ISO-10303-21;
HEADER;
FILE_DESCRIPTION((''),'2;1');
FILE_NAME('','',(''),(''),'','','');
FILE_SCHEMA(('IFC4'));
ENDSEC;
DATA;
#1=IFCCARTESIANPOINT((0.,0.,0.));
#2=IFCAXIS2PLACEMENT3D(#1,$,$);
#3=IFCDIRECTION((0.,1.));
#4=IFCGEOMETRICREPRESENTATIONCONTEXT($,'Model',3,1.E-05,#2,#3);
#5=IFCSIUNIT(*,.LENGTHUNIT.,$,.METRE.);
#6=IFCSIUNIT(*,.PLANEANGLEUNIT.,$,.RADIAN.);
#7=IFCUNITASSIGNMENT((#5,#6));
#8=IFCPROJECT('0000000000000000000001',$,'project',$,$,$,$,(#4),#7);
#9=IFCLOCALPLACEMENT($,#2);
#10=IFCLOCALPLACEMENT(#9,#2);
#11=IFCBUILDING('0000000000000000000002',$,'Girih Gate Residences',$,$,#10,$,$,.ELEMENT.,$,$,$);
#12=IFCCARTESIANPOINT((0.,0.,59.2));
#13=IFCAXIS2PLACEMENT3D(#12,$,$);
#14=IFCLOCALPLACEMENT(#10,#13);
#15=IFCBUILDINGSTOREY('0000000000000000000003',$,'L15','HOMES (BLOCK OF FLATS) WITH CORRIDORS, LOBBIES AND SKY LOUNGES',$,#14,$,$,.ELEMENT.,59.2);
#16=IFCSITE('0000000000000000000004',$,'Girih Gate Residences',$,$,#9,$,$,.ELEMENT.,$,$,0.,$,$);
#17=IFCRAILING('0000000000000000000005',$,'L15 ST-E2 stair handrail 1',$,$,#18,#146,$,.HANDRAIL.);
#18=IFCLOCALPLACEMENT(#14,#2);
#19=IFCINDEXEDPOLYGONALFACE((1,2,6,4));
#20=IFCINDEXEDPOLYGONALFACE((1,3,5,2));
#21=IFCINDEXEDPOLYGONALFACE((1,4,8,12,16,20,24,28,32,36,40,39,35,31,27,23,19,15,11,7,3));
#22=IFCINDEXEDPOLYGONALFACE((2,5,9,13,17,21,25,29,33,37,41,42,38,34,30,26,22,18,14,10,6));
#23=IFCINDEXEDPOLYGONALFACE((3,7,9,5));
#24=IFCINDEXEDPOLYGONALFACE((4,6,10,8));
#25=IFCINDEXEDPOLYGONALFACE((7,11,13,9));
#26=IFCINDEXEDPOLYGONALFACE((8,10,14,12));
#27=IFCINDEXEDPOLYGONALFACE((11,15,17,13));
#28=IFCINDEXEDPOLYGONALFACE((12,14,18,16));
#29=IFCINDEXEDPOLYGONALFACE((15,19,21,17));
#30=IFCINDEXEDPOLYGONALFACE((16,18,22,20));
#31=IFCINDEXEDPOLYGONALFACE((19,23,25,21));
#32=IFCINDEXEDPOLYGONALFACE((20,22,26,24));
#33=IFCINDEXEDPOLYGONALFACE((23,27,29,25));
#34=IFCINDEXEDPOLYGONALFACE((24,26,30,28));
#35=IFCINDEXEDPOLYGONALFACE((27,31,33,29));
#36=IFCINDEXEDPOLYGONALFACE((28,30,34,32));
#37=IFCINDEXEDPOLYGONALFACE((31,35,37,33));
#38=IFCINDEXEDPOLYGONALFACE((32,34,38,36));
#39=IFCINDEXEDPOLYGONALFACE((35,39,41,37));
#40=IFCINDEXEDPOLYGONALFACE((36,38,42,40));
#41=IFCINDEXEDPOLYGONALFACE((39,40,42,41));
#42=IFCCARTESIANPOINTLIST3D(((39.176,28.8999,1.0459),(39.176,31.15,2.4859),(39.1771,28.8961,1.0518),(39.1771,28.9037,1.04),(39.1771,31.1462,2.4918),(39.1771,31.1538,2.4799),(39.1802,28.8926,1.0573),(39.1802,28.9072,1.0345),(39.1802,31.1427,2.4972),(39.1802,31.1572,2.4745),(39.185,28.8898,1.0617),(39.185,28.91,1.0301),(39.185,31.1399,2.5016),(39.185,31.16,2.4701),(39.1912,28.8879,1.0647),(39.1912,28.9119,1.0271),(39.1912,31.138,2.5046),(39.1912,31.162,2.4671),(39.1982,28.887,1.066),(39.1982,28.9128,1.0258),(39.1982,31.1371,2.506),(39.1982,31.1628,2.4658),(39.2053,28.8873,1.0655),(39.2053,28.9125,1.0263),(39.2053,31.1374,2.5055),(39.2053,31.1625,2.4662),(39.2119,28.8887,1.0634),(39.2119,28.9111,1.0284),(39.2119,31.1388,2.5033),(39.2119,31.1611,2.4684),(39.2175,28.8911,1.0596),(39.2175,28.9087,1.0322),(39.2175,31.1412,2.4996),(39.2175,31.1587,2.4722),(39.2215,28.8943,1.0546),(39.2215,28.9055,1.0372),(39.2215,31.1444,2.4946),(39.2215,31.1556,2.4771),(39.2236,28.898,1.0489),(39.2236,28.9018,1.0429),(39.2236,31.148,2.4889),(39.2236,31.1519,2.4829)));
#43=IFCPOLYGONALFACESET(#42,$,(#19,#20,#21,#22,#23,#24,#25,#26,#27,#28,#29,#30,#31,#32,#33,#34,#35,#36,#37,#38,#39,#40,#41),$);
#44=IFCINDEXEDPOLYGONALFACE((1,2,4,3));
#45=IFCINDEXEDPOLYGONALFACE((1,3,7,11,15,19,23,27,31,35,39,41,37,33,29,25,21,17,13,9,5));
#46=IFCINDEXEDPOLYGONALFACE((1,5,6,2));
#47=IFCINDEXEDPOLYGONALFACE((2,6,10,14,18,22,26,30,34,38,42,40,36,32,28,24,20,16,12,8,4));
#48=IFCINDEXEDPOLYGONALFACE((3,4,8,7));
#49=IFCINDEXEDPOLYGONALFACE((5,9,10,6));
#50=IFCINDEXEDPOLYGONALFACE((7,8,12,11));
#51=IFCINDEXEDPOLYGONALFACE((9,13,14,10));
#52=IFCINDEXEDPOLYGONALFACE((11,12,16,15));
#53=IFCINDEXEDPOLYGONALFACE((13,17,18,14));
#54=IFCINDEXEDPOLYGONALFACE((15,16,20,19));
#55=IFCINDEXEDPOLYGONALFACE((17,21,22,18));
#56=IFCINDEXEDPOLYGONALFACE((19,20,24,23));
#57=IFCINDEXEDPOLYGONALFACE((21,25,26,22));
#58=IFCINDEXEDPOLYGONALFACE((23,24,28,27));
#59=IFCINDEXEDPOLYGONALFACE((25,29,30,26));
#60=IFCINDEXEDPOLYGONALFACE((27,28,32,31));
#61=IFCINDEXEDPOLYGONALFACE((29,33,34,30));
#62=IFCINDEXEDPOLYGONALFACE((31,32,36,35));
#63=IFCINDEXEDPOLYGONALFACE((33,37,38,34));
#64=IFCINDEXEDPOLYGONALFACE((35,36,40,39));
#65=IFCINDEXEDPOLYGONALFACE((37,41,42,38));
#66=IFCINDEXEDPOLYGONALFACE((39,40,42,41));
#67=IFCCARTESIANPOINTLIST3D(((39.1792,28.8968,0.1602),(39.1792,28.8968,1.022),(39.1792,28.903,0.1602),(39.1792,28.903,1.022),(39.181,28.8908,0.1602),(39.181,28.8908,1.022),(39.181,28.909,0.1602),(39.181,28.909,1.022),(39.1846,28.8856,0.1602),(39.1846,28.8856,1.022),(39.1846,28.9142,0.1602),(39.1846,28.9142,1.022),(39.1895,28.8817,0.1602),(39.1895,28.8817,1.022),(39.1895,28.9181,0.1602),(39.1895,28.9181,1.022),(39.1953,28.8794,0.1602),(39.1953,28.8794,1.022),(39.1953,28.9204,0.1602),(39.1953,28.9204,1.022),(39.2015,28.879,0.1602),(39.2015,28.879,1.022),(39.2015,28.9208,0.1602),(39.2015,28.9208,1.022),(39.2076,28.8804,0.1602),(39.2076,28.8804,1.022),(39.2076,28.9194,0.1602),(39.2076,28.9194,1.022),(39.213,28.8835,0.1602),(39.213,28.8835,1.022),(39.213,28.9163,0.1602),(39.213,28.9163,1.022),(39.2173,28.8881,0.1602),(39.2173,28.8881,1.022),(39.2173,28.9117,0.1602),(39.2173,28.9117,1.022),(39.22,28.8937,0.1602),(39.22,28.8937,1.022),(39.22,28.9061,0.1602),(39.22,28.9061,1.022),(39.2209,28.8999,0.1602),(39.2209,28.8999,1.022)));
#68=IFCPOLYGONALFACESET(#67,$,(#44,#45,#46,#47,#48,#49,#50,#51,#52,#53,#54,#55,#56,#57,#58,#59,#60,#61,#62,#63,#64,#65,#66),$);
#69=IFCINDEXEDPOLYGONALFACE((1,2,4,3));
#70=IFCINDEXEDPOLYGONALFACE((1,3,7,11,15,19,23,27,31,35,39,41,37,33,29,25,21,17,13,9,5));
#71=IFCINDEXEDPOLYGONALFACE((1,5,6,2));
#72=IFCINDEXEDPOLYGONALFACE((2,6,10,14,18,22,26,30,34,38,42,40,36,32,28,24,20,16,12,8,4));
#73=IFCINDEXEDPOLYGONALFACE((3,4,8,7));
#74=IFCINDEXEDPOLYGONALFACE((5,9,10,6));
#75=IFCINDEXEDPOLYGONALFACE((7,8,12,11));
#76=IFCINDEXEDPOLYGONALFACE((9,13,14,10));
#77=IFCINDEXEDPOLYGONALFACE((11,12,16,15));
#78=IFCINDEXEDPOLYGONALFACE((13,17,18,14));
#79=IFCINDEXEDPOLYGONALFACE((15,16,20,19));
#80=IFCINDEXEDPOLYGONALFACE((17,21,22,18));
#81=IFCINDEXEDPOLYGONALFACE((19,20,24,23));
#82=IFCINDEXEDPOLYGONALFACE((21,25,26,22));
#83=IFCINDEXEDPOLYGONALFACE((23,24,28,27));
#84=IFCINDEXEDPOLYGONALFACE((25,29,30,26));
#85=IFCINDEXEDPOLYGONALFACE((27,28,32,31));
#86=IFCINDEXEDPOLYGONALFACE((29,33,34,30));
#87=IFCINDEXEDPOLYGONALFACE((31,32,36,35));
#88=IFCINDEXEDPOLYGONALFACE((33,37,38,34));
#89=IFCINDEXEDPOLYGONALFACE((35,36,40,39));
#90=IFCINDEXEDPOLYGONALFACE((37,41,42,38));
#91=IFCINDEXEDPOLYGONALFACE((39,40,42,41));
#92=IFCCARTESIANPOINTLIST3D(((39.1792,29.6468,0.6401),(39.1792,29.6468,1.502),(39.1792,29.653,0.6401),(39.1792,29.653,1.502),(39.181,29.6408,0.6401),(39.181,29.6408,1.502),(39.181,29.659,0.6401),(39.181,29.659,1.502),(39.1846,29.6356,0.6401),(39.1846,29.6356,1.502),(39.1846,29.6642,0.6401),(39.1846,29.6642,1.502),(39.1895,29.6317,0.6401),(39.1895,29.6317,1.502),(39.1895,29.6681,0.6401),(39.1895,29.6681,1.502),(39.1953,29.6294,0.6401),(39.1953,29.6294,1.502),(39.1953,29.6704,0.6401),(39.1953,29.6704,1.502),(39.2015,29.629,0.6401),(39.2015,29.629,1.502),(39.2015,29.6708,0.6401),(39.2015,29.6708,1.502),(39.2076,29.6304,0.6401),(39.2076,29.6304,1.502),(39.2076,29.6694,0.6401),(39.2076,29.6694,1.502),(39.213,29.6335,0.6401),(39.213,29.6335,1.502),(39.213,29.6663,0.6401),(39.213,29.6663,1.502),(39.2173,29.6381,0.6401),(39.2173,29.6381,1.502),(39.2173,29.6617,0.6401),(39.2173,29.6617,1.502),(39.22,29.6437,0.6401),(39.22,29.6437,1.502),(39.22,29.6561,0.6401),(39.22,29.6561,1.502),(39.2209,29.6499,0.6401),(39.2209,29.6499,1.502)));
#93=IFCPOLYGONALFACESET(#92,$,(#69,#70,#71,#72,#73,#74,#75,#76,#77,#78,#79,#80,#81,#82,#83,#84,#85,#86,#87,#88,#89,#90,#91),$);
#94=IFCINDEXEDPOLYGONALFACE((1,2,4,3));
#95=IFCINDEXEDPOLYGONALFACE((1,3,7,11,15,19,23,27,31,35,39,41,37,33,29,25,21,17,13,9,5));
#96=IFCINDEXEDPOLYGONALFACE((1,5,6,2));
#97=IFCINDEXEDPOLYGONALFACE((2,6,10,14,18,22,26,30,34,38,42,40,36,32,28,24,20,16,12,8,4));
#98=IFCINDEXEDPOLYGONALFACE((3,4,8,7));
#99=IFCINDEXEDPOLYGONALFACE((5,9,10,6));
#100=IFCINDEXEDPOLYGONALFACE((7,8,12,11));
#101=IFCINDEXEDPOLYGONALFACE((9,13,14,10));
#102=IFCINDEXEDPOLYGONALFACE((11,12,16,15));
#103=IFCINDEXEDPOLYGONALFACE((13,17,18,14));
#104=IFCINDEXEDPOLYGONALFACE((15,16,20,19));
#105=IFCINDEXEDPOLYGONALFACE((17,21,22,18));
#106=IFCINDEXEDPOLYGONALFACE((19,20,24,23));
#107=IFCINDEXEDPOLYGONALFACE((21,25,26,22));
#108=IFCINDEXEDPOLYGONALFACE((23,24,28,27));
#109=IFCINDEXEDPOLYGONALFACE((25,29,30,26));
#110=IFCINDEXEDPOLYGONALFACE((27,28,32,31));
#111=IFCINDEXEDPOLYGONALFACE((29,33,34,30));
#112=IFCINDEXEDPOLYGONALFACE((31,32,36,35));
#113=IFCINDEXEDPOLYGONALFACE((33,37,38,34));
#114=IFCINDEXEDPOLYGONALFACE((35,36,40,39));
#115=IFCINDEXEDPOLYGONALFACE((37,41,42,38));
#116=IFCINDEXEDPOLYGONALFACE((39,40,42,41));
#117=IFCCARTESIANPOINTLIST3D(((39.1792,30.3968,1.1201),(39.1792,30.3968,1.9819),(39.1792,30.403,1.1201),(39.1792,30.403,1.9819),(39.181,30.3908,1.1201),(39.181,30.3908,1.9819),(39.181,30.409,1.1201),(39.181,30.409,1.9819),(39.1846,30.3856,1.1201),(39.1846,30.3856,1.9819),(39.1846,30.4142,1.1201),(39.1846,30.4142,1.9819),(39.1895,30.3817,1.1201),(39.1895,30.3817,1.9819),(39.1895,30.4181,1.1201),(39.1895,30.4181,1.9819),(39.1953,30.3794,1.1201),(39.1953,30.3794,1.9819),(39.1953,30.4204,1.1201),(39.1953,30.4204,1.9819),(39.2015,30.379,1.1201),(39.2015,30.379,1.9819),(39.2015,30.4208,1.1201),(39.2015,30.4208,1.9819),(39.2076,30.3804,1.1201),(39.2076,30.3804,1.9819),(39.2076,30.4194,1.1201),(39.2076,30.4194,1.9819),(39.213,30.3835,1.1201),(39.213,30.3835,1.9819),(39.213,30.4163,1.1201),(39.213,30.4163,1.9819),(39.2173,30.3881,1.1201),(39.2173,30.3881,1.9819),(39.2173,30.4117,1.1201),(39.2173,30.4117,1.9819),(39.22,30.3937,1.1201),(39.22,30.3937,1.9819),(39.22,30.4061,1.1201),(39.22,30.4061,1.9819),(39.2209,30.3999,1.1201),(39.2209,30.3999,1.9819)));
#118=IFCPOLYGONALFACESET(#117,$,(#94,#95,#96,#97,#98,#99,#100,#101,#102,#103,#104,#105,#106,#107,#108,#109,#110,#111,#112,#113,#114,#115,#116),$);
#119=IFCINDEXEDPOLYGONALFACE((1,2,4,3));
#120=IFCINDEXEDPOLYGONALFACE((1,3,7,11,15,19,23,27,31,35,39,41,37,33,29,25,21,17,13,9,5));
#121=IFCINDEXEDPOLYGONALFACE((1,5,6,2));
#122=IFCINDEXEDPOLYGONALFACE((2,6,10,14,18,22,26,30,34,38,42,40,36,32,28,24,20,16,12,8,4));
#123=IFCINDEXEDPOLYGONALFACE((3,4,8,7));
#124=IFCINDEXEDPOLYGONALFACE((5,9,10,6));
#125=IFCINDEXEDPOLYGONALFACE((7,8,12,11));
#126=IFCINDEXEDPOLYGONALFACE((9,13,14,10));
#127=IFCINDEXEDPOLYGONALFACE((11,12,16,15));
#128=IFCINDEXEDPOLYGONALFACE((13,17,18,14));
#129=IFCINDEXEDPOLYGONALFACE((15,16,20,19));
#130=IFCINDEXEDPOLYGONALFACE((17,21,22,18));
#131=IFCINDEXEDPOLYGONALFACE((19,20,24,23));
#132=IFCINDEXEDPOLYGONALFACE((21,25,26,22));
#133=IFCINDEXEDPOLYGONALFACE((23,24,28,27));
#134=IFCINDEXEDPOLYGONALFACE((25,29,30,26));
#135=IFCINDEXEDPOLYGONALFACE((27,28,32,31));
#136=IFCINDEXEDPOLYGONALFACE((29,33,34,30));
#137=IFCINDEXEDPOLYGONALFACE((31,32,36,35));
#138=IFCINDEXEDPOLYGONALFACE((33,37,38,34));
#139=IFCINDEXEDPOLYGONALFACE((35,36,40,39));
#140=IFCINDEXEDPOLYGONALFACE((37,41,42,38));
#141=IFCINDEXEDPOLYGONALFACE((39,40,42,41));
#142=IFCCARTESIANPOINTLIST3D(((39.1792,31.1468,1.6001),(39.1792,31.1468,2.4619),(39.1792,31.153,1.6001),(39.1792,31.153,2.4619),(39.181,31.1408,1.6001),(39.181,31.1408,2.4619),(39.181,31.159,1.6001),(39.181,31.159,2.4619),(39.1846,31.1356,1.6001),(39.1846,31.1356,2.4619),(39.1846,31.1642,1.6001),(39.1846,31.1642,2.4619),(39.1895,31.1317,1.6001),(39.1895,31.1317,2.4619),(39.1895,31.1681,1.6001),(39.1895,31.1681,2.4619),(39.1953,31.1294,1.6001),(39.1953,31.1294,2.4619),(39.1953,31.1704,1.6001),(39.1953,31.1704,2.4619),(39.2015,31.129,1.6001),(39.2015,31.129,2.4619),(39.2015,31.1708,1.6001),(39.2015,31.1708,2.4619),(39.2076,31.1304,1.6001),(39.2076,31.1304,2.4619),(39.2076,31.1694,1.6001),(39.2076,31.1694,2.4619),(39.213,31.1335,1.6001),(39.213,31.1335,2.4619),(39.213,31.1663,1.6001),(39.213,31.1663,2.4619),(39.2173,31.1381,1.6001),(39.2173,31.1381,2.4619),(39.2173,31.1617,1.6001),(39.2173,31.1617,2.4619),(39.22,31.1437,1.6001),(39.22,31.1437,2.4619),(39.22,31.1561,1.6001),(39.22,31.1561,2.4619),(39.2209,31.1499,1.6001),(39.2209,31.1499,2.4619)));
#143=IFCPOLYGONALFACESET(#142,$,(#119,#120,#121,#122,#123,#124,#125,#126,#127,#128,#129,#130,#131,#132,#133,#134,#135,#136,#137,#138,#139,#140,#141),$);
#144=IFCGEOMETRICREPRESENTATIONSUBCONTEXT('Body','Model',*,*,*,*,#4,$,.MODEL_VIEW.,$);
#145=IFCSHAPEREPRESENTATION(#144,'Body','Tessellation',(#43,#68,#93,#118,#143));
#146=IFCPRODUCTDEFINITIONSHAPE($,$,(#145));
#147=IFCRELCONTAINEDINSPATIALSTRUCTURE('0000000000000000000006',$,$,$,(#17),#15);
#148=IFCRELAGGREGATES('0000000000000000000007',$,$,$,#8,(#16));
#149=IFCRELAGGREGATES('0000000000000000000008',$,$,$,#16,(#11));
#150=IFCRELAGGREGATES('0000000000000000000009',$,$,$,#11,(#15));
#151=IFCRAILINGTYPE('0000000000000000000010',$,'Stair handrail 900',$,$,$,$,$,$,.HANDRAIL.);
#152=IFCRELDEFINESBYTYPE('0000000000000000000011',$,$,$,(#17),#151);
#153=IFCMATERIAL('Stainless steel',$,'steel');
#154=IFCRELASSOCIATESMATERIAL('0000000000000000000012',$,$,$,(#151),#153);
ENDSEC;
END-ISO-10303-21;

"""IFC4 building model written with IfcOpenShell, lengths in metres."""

from ifc_helpers import new_model, si_unit, direction, frame, origin, origin_2d, place, context, subcontext, project, spatial, circle, extrude, material, type_object, element, save


model = new_model("IFC4")

# Units and contexts
model_context = context("Model", 3, precision=1e-05, world=origin(), true_north=direction((0.0, 1.0)))
body_context = subcontext(model_context, "Body", "Model", "MODEL_VIEW")
ifc_project = project(units=[si_unit("LENGTHUNIT", "METRE"), si_unit("PLANEANGLEUNIT", "RADIAN")], contexts=[model_context])

# Site, building, storey
site_placement = place(None, origin())
site = spatial("IfcSite", under=ifc_project, at=site_placement, Name="Girih Gate Residences", CompositionType="ELEMENT", RefElevation=0.0)
building_placement = place(site_placement, origin())
building = spatial("IfcBuilding", under=site, at=building_placement, Name="Girih Gate Residences", CompositionType="ELEMENT")
storey_placement = place(building_placement, frame((0.0, 0.0, 59.2)))
storey = spatial("IfcBuildingStorey", under=building, at=storey_placement, Name="L15", Description="HOMES (BLOCK OF FLATS) WITH CORRIDORS, LOBBIES AND SKY LOUNGES", CompositionType="ELEMENT", Elevation=59.2)

# Railing
ifc_material_1 = material(Name="Stainless steel", Category="steel")
railing_type_1 = type_object("IfcRailingType", Name="Stair handrail 900", PredefinedType="HANDRAIL", material=ifc_material_1)
railing_1_placement = place(storey_placement, frame((39.2, 28.8999, 0.1602)))
element("IfcRailing", 1, at=railing_1_placement, inside=storey, type_object=railing_type_1, Name="L15 ST-E2 stair handrail 1", PredefinedType="HANDRAIL", context=body_context, shape_type="SweptSolid", body=[
    extrude(circle(Radius=0.0239, at=origin_2d()), frame((0.0, 0.0, 0.8857), z_axis=(0.0, 0.842281, 0.539038), x_axis=(-1.0, 0.0, 0.0)), (0.0, 0.0, 1.0), 2.6714),
    extrude(circle(Radius=0.021, at=origin_2d()), origin(), (0.0, 0.0, 1.0), 0.8618),
    extrude(circle(Radius=0.021, at=origin_2d()), frame((0.0, 0.75, 0.48)), (0.0, 0.0, 1.0), 0.8618),
    extrude(circle(Radius=0.021, at=origin_2d()), frame((0.0, 1.5, 0.96)), (0.0, 0.0, 1.0), 0.8618),
    extrude(circle(Radius=0.021, at=origin_2d()), frame((0.0, 2.25, 1.4399)), (0.0, 0.0, 1.0), 0.8618),
])

save(model, "model.ifc")
